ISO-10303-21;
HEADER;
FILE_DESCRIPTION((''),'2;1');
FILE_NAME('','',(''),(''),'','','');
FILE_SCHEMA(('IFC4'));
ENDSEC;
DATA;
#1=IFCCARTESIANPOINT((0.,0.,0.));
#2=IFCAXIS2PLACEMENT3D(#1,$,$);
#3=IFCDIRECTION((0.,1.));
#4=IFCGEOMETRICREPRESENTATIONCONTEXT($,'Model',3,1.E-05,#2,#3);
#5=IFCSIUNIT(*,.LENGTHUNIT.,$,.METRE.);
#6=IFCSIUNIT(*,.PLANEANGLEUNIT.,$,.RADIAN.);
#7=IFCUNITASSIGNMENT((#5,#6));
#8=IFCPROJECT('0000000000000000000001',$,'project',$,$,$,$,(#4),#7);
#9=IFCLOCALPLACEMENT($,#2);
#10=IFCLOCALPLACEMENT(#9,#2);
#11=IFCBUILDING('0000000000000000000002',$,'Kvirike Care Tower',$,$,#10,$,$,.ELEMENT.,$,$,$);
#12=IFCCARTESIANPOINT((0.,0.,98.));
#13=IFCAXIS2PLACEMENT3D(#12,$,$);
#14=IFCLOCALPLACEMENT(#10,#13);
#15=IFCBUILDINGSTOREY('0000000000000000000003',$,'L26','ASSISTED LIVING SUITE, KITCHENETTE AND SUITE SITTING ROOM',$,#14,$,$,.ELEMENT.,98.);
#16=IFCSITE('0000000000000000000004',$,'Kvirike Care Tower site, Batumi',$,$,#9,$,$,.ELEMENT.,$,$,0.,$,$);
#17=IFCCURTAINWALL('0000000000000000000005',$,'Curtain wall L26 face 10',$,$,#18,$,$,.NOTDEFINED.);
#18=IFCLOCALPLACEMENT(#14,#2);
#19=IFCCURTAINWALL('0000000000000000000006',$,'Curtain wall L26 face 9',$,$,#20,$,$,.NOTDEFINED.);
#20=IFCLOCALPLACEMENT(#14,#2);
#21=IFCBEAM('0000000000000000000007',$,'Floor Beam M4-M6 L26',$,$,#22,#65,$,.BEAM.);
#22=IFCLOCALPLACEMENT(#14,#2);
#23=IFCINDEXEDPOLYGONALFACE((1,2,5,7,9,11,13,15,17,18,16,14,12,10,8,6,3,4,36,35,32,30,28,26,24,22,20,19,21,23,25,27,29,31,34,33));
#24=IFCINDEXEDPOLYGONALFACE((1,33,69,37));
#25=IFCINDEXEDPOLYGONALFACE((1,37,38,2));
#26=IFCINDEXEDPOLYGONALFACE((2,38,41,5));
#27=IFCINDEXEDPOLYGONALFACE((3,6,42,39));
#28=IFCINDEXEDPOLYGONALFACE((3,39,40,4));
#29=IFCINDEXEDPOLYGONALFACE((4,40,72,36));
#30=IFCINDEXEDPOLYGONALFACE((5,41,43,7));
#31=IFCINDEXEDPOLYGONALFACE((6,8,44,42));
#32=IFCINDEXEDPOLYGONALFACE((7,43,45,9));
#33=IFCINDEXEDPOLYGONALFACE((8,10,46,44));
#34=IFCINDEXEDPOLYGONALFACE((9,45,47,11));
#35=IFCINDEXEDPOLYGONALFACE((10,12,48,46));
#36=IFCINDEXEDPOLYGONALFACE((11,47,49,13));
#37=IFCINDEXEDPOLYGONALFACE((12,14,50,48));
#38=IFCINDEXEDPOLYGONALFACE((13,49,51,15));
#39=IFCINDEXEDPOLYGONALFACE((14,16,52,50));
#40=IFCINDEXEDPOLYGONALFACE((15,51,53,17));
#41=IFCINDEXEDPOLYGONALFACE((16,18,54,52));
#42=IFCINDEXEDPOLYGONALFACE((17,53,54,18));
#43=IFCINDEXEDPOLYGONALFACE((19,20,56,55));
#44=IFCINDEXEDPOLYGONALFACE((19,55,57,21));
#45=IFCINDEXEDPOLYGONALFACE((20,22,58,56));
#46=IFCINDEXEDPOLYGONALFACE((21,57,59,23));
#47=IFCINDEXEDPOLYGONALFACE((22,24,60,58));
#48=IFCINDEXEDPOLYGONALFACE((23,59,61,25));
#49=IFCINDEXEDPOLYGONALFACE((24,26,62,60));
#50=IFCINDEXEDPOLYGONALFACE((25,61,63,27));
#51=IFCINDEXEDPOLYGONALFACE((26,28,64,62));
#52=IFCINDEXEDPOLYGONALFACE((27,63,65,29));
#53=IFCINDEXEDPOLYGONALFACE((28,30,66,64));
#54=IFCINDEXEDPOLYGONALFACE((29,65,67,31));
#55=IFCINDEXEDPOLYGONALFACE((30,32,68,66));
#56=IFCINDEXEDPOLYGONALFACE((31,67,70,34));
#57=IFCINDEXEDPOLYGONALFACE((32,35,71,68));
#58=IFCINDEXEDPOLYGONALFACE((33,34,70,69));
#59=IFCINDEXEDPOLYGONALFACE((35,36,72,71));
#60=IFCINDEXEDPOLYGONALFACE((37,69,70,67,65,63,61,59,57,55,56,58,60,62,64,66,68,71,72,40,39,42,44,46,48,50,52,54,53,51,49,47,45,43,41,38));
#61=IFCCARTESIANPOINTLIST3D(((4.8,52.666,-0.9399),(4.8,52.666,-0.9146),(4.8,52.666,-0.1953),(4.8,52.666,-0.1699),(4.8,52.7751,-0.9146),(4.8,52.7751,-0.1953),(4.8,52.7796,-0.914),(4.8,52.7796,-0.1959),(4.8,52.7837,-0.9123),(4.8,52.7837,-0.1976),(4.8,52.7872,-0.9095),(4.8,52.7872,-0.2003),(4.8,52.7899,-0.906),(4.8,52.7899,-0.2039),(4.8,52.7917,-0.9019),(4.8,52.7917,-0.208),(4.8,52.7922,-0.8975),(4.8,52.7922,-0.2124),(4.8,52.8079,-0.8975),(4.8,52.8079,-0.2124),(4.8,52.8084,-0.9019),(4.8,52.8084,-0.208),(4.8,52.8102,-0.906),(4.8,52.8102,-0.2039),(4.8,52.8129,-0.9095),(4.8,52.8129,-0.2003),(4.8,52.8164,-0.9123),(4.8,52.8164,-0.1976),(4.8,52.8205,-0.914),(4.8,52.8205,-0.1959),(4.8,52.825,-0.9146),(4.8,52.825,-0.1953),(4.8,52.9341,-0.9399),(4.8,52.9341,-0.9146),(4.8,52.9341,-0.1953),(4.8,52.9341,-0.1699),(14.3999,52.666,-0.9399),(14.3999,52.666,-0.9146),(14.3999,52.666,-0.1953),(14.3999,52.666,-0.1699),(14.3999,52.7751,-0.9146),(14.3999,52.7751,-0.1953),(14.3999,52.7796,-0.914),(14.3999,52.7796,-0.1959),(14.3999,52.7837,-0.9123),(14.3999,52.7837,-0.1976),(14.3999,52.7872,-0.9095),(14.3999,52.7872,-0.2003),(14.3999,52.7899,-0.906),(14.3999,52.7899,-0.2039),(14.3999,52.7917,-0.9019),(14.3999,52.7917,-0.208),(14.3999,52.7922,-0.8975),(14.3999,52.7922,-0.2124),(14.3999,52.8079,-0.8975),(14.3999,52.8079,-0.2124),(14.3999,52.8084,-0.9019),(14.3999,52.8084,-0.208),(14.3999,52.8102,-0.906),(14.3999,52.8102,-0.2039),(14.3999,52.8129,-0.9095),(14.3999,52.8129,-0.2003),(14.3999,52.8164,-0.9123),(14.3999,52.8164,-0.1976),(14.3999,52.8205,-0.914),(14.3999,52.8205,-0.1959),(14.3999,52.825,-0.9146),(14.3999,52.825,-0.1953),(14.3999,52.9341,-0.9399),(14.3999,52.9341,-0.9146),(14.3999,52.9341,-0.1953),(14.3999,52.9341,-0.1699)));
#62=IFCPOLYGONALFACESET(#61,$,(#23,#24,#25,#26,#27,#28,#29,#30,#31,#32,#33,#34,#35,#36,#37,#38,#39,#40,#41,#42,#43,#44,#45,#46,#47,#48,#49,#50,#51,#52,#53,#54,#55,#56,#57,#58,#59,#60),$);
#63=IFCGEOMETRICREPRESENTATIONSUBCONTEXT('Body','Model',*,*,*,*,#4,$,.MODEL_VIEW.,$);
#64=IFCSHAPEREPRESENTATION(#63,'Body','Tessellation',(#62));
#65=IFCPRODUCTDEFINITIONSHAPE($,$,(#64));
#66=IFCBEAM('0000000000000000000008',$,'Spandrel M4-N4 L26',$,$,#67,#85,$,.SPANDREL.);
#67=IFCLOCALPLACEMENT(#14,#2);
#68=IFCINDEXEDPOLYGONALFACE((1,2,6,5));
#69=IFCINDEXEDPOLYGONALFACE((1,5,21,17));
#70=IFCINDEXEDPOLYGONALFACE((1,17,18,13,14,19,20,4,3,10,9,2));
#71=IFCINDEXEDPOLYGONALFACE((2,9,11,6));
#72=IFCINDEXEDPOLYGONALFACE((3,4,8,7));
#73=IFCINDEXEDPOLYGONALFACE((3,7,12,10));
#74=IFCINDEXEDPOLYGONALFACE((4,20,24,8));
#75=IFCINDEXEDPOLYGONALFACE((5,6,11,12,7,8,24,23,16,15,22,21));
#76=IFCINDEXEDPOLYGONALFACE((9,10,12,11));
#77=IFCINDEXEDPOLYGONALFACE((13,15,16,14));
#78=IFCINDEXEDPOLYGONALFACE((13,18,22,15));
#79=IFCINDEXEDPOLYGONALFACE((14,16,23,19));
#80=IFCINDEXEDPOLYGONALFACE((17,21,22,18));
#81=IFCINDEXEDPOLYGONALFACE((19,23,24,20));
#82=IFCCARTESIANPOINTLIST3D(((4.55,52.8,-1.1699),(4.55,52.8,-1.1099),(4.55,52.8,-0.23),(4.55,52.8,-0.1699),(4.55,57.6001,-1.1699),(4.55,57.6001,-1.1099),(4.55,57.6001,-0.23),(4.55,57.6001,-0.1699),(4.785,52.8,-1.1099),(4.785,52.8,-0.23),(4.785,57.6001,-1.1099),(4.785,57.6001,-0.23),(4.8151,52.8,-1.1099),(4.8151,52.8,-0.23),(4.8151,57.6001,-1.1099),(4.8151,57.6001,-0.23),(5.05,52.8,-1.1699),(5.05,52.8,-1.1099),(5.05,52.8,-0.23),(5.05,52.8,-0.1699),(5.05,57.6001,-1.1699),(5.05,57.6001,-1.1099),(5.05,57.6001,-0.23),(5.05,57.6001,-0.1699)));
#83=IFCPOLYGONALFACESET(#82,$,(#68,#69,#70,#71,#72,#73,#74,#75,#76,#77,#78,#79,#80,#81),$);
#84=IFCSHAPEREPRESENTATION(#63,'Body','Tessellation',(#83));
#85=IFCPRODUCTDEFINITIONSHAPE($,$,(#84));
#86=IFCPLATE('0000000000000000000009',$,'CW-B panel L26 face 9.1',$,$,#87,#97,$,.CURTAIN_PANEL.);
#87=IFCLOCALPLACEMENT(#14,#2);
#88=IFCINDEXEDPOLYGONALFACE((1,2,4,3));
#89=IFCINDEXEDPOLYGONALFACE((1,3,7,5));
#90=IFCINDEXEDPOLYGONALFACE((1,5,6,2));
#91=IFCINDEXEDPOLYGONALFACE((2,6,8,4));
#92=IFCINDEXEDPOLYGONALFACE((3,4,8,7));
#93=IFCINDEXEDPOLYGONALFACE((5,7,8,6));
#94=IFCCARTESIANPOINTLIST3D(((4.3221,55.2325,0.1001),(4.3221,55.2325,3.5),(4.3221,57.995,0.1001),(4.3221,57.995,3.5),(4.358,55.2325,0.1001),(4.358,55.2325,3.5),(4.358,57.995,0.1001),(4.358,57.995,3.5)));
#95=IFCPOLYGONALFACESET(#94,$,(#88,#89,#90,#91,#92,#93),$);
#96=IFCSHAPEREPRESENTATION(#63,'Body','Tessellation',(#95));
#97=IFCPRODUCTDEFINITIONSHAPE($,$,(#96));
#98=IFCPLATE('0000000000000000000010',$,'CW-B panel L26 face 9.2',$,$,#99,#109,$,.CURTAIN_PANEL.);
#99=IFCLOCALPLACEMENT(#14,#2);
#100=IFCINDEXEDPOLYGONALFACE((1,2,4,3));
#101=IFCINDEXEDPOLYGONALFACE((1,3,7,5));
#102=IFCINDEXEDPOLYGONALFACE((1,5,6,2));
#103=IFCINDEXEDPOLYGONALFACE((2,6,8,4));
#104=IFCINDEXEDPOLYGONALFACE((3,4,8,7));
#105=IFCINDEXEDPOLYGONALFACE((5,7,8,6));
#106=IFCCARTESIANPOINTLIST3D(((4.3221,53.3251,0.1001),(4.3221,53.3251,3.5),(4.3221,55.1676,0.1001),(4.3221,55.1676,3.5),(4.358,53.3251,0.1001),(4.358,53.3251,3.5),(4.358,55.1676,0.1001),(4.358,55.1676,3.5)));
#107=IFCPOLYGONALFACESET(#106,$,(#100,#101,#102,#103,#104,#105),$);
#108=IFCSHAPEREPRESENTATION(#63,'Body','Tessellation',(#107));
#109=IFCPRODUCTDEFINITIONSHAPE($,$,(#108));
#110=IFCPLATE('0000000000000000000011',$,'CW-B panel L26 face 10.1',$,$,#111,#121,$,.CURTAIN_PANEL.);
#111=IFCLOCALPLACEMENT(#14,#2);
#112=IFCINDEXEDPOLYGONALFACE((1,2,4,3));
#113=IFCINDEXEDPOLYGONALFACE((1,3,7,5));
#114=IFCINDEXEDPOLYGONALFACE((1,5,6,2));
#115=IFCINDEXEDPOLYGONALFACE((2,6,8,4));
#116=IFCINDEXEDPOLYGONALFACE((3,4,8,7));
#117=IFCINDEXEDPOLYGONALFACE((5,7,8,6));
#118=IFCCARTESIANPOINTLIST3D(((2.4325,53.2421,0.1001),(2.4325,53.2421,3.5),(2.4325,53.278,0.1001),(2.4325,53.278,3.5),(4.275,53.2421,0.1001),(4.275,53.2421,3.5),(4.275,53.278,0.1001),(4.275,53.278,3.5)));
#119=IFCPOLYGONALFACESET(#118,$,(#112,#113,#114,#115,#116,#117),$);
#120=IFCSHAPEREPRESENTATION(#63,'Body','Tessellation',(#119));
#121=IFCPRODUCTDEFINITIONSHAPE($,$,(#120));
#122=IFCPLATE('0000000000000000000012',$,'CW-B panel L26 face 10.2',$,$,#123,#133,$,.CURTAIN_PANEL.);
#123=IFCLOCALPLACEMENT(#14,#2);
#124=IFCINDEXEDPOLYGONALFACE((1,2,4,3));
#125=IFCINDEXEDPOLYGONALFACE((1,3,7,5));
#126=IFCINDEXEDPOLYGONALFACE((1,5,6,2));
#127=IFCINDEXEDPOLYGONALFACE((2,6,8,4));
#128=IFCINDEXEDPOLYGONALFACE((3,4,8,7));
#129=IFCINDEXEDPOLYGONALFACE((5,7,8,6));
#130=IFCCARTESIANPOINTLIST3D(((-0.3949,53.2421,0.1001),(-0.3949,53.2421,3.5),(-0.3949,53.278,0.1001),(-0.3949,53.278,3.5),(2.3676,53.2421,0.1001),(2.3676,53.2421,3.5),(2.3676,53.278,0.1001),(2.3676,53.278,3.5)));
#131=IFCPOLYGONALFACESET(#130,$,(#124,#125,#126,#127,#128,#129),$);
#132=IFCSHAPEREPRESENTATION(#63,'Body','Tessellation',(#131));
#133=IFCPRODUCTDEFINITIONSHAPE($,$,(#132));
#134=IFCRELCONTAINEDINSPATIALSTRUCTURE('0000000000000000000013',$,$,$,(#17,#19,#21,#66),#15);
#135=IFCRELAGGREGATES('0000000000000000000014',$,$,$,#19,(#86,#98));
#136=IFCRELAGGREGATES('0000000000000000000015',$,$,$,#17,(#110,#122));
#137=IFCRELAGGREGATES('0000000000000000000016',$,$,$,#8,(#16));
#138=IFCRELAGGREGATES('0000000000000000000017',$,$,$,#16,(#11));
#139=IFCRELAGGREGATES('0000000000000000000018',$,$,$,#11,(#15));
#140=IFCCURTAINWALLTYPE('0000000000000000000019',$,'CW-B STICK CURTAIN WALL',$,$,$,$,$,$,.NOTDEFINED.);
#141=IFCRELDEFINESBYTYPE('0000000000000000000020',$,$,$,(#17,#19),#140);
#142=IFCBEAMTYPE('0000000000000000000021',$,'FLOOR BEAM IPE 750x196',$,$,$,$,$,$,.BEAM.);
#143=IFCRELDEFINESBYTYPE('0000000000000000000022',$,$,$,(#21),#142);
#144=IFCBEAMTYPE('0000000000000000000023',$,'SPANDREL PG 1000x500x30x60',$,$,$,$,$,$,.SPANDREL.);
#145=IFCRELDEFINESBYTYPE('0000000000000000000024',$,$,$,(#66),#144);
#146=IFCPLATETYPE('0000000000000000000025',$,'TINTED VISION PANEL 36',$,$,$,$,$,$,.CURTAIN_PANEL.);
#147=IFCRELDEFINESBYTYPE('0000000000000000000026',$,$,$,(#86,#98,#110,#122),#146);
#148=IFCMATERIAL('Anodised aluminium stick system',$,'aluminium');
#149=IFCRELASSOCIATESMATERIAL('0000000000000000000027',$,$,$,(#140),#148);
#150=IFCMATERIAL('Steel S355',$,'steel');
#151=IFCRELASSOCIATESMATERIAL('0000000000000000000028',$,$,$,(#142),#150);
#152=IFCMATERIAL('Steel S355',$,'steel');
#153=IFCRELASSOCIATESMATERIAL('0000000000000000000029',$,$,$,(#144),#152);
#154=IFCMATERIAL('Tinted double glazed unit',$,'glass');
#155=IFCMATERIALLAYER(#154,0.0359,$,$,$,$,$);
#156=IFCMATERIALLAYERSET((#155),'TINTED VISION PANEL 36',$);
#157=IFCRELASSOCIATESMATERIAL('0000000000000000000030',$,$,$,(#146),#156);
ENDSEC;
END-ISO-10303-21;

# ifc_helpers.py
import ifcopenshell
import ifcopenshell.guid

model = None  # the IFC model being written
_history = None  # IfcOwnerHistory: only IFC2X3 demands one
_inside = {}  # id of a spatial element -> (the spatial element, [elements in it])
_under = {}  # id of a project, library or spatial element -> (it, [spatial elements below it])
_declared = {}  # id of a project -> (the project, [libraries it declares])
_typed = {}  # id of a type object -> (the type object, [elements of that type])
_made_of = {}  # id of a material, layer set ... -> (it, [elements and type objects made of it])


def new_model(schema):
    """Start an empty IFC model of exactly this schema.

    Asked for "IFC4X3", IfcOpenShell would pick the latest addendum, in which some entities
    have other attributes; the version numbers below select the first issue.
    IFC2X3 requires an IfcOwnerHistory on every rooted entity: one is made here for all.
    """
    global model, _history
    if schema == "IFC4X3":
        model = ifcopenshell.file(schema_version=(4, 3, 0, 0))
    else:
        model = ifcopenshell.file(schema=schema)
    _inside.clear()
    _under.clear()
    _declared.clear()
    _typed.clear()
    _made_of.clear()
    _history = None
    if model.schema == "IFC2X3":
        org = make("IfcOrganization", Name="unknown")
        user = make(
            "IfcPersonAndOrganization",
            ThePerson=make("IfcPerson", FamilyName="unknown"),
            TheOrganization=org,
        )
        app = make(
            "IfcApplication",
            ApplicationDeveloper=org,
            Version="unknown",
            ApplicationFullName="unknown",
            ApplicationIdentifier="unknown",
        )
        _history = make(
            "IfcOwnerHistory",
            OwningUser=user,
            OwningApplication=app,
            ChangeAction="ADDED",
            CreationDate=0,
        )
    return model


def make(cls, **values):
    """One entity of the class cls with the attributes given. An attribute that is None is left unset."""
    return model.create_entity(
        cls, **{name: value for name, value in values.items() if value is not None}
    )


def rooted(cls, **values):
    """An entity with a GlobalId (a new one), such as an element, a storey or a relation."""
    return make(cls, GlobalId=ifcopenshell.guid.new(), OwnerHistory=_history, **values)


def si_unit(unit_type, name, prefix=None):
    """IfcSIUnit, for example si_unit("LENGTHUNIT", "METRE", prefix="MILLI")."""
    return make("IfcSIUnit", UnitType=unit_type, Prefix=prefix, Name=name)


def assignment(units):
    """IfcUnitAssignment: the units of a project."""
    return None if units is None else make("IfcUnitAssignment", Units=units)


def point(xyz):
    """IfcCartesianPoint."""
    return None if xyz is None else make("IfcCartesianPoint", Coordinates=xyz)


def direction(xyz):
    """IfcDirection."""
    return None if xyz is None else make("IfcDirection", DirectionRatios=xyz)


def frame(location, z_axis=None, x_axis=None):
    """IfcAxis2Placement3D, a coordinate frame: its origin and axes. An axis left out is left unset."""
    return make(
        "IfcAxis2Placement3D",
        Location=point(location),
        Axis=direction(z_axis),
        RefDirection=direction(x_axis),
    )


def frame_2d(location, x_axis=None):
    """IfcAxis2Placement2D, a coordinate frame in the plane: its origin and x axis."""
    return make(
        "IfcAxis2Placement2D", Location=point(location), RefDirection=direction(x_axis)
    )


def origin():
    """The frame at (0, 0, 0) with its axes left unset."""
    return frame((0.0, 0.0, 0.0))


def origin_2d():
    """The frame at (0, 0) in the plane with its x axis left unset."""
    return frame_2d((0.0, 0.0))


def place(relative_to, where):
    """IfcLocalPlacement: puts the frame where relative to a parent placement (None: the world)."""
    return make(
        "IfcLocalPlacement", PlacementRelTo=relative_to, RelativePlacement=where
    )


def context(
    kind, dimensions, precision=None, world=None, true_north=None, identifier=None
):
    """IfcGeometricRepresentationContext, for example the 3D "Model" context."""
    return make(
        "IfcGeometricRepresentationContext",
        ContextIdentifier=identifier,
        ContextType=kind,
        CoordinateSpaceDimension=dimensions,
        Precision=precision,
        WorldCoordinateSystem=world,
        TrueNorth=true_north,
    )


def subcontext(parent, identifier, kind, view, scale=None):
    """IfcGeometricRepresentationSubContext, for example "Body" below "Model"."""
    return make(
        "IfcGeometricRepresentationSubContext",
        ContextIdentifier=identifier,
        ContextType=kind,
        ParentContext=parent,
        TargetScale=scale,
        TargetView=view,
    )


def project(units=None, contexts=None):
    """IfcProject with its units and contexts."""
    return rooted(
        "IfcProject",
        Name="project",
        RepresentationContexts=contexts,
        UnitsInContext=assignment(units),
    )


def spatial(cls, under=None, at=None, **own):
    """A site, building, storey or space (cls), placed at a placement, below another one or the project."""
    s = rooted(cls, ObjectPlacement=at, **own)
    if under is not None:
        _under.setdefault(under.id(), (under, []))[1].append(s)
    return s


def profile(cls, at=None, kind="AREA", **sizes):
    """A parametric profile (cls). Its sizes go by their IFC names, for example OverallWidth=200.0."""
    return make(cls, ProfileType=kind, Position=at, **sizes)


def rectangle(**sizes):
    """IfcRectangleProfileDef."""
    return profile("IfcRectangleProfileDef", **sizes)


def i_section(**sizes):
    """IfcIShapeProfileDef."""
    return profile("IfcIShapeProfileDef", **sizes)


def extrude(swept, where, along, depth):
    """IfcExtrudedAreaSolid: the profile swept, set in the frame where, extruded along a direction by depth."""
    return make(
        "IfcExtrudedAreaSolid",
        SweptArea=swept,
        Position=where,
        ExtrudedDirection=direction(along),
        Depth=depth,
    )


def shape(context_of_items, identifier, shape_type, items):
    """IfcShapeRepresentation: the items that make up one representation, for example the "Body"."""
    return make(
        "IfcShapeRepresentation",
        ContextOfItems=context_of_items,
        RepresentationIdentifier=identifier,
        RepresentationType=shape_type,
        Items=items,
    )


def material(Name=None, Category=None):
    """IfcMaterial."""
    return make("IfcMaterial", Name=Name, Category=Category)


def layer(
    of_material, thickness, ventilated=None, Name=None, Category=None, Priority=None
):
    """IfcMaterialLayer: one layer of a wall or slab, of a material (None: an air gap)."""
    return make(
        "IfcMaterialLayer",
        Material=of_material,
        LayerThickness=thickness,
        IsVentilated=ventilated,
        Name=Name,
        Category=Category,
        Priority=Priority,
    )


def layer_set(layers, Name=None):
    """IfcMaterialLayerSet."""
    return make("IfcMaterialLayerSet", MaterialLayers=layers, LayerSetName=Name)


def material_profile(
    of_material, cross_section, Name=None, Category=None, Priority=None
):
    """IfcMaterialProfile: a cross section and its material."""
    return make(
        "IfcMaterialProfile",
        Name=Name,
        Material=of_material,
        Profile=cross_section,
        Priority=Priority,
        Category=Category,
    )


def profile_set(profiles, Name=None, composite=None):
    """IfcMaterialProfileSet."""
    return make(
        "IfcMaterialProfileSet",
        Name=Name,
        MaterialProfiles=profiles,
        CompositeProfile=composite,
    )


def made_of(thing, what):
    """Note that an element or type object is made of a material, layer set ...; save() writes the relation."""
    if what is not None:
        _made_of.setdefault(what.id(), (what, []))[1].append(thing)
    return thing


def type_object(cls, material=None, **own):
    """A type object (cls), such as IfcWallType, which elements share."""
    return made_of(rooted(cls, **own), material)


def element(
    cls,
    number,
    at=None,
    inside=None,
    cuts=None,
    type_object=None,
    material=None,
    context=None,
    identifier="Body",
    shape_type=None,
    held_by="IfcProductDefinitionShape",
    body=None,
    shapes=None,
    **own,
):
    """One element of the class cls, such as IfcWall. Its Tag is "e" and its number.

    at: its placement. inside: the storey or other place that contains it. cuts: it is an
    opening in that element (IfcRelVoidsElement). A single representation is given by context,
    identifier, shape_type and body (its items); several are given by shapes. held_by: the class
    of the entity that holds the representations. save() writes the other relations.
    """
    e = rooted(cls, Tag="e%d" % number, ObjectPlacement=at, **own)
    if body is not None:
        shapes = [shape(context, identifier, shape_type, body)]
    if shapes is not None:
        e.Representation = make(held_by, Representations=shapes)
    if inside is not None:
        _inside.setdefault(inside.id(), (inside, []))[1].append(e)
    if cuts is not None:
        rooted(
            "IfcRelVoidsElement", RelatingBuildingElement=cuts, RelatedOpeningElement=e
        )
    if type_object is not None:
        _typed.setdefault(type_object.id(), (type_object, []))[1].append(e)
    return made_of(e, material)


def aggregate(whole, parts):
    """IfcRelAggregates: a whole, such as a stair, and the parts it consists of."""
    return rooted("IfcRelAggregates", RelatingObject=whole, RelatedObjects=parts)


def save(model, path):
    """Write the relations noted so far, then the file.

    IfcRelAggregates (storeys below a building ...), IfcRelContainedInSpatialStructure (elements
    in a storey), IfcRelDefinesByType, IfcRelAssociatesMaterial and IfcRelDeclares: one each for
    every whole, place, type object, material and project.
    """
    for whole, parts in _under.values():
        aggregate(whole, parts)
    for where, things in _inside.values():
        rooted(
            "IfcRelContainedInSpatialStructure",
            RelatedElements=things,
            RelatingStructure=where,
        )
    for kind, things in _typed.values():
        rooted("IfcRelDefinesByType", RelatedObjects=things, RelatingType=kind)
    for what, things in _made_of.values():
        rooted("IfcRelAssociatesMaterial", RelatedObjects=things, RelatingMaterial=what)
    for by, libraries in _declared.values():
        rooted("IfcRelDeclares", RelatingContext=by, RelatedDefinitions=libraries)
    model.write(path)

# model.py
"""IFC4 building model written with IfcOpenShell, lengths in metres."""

from ifc_helpers import new_model, si_unit, direction, frame, origin, origin_2d, place, context, subcontext, project, spatial, rectangle, i_section, extrude, material, layer, layer_set, material_profile, profile_set, type_object, element, aggregate, save


model = new_model("IFC4")

# Units and contexts
model_context = context("Model", 3, precision=1e-05, world=origin(), true_north=direction((0.0, 1.0)))
body_context = subcontext(model_context, "Body", "Model", "MODEL_VIEW")
ifc_project = project(units=[si_unit("LENGTHUNIT", "METRE"), si_unit("PLANEANGLEUNIT", "RADIAN")], contexts=[model_context])

# Site, building, storey
site_placement = place(None, origin())
site = spatial("IfcSite", under=ifc_project, at=site_placement, Name="Kvirike Care Tower site, Batumi", CompositionType="ELEMENT", RefElevation=0.0)
building_placement = place(site_placement, origin())
building = spatial("IfcBuilding", under=site, at=building_placement, Name="Kvirike Care Tower", CompositionType="ELEMENT")
storey_placement = place(building_placement, frame((0.0, 0.0, 98.0)))
storey = spatial("IfcBuildingStorey", under=building, at=storey_placement, Name="L26", Description="ASSISTED LIVING SUITE, KITCHENETTE AND SUITE SITTING ROOM", CompositionType="ELEMENT", Elevation=98.0)

# Curtain wall
ifc_material_1 = material(Name="Anodised aluminium stick system", Category="aluminium")
curtain_wall_type = type_object("IfcCurtainWallType", Name="CW-B STICK CURTAIN WALL", PredefinedType="NOTDEFINED", material=ifc_material_1)
curtain_wall_1_placement = place(storey_placement, origin())
curtain_wall_1 = element("IfcCurtainWall", 1, at=curtain_wall_1_placement, inside=storey, type_object=curtain_wall_type, Name="Curtain wall L26 face 10", PredefinedType="NOTDEFINED")

# Curtain wall
curtain_wall_2_placement = place(storey_placement, origin())
curtain_wall_2 = element("IfcCurtainWall", 2, at=curtain_wall_2_placement, inside=storey, type_object=curtain_wall_type, Name="Curtain wall L26 face 9", PredefinedType="NOTDEFINED")

# Beams
ifc_material_2 = material(Name="Steel S355", Category="steel")
ifc_material_profile_1 = material_profile(ifc_material_2, i_section(OverallWidth=0.2681, OverallDepth=0.77, WebThickness=0.0156, FlangeThickness=0.0254, FilletRadius=0.0171, at=origin_2d()), Name="IPE 750x196")
ifc_profile_set_1 = profile_set([ifc_material_profile_1], Name="Steel S355")
beam_type_1 = type_object("IfcBeamType", Name="FLOOR BEAM IPE 750x196", PredefinedType="BEAM", material=ifc_profile_set_1)
beam_1_placement = place(storey_placement, frame((4.8, 52.8, -0.5549), z_axis=(1.0, 0.0, 0.0), x_axis=(0.0, 1.0, 0.0)))
element("IfcBeam", 3, at=beam_1_placement, inside=storey, type_object=beam_type_1, Name="Floor Beam M4-M6 L26", PredefinedType="BEAM", context=body_context, shape_type="SweptSolid", body=[
    extrude(i_section(OverallWidth=0.2681, OverallDepth=0.77, WebThickness=0.0156, FlangeThickness=0.0254, FilletRadius=0.0171, at=origin_2d()), origin(), (0.0, 0.0, 1.0), 9.5999),
])
ifc_material_3 = material(Name="Steel S355", Category="steel")
ifc_material_profile_2 = material_profile(ifc_material_3, i_section(OverallWidth=0.5, OverallDepth=1.0, WebThickness=0.03, FlangeThickness=0.0601, at=origin_2d()), Name="PG 1000x500x30x60")
ifc_profile_set_2 = profile_set([ifc_material_profile_2], Name="Steel S355")
beam_type_2 = type_object("IfcBeamType", Name="SPANDREL PG 1000x500x30x60", PredefinedType="SPANDREL", material=ifc_profile_set_2)
beam_2_placement = place(storey_placement, frame((4.8, 52.8, -0.6699), z_axis=(0.0, 1.0, 0.0), x_axis=(-1.0, 0.0, 0.0)))
element("IfcBeam", 4, at=beam_2_placement, inside=storey, type_object=beam_type_2, Name="Spandrel M4-N4 L26", PredefinedType="SPANDREL", context=body_context, shape_type="SweptSolid", body=[
    extrude(i_section(OverallWidth=0.5, OverallDepth=1.0, WebThickness=0.03, FlangeThickness=0.0601, at=origin_2d()), origin(), (0.0, 0.0, 1.0), 4.8),
])

# Plates
ifc_material_4 = material(Name="Tinted double glazed unit", Category="glass")
ifc_layer = layer(ifc_material_4, 0.0359)
ifc_layer_set = layer_set([ifc_layer], Name="TINTED VISION PANEL 36")
plate_type = type_object("IfcPlateType", Name="TINTED VISION PANEL 36", PredefinedType="CURTAIN_PANEL", material=ifc_layer_set)
plate_1_placement = place(storey_placement, frame((4.3401, 56.6138, 0.1001), z_axis=(0.0, 0.0, 1.0), x_axis=(0.0, -1.0, 0.0)))
plate_1 = element("IfcPlate", 5, at=plate_1_placement, type_object=plate_type, Name="CW-B panel L26 face 9.1", PredefinedType="CURTAIN_PANEL", context=body_context, shape_type="SweptSolid", body=[
    extrude(rectangle(XDim=2.7625, YDim=0.0359, at=origin_2d()), origin(), (0.0, 0.0, 1.0), 3.3999),
])
plate_2_placement = place(storey_placement, frame((4.3401, 54.2463, 0.1001), z_axis=(0.0, 0.0, 1.0), x_axis=(0.0, -1.0, 0.0)))
plate_2 = element("IfcPlate", 6, at=plate_2_placement, type_object=plate_type, Name="CW-B panel L26 face 9.2", PredefinedType="CURTAIN_PANEL", context=body_context, shape_type="SweptSolid", body=[
    extrude(rectangle(XDim=1.8425, YDim=0.0359, at=origin_2d()), origin(), (0.0, 0.0, 1.0), 3.3999),
])
aggregate(curtain_wall_2, [plate_1, plate_2])
plate_3_placement = place(storey_placement, frame((3.3538, 53.26, 0.1001), z_axis=(0.0, 0.0, 1.0), x_axis=(-1.0, 0.0, 0.0)))
plate_3 = element("IfcPlate", 7, at=plate_3_placement, type_object=plate_type, Name="CW-B panel L26 face 10.1", PredefinedType="CURTAIN_PANEL", context=body_context, shape_type="SweptSolid", body=[
    extrude(rectangle(XDim=1.8425, YDim=0.0359, at=origin_2d()), origin(), (0.0, 0.0, 1.0), 3.3999),
])
plate_4_placement = place(storey_placement, frame((0.9863, 53.26, 0.1001), z_axis=(0.0, 0.0, 1.0), x_axis=(-1.0, 0.0, 0.0)))
plate_4 = element("IfcPlate", 8, at=plate_4_placement, type_object=plate_type, Name="CW-B panel L26 face 10.2", PredefinedType="CURTAIN_PANEL", context=body_context, shape_type="SweptSolid", body=[
    extrude(rectangle(XDim=2.7625, YDim=0.0359, at=origin_2d()), origin(), (0.0, 0.0, 1.0), 3.3999),
])
aggregate(curtain_wall_1, [plate_3, plate_4])

save(model, "model.ifc")
